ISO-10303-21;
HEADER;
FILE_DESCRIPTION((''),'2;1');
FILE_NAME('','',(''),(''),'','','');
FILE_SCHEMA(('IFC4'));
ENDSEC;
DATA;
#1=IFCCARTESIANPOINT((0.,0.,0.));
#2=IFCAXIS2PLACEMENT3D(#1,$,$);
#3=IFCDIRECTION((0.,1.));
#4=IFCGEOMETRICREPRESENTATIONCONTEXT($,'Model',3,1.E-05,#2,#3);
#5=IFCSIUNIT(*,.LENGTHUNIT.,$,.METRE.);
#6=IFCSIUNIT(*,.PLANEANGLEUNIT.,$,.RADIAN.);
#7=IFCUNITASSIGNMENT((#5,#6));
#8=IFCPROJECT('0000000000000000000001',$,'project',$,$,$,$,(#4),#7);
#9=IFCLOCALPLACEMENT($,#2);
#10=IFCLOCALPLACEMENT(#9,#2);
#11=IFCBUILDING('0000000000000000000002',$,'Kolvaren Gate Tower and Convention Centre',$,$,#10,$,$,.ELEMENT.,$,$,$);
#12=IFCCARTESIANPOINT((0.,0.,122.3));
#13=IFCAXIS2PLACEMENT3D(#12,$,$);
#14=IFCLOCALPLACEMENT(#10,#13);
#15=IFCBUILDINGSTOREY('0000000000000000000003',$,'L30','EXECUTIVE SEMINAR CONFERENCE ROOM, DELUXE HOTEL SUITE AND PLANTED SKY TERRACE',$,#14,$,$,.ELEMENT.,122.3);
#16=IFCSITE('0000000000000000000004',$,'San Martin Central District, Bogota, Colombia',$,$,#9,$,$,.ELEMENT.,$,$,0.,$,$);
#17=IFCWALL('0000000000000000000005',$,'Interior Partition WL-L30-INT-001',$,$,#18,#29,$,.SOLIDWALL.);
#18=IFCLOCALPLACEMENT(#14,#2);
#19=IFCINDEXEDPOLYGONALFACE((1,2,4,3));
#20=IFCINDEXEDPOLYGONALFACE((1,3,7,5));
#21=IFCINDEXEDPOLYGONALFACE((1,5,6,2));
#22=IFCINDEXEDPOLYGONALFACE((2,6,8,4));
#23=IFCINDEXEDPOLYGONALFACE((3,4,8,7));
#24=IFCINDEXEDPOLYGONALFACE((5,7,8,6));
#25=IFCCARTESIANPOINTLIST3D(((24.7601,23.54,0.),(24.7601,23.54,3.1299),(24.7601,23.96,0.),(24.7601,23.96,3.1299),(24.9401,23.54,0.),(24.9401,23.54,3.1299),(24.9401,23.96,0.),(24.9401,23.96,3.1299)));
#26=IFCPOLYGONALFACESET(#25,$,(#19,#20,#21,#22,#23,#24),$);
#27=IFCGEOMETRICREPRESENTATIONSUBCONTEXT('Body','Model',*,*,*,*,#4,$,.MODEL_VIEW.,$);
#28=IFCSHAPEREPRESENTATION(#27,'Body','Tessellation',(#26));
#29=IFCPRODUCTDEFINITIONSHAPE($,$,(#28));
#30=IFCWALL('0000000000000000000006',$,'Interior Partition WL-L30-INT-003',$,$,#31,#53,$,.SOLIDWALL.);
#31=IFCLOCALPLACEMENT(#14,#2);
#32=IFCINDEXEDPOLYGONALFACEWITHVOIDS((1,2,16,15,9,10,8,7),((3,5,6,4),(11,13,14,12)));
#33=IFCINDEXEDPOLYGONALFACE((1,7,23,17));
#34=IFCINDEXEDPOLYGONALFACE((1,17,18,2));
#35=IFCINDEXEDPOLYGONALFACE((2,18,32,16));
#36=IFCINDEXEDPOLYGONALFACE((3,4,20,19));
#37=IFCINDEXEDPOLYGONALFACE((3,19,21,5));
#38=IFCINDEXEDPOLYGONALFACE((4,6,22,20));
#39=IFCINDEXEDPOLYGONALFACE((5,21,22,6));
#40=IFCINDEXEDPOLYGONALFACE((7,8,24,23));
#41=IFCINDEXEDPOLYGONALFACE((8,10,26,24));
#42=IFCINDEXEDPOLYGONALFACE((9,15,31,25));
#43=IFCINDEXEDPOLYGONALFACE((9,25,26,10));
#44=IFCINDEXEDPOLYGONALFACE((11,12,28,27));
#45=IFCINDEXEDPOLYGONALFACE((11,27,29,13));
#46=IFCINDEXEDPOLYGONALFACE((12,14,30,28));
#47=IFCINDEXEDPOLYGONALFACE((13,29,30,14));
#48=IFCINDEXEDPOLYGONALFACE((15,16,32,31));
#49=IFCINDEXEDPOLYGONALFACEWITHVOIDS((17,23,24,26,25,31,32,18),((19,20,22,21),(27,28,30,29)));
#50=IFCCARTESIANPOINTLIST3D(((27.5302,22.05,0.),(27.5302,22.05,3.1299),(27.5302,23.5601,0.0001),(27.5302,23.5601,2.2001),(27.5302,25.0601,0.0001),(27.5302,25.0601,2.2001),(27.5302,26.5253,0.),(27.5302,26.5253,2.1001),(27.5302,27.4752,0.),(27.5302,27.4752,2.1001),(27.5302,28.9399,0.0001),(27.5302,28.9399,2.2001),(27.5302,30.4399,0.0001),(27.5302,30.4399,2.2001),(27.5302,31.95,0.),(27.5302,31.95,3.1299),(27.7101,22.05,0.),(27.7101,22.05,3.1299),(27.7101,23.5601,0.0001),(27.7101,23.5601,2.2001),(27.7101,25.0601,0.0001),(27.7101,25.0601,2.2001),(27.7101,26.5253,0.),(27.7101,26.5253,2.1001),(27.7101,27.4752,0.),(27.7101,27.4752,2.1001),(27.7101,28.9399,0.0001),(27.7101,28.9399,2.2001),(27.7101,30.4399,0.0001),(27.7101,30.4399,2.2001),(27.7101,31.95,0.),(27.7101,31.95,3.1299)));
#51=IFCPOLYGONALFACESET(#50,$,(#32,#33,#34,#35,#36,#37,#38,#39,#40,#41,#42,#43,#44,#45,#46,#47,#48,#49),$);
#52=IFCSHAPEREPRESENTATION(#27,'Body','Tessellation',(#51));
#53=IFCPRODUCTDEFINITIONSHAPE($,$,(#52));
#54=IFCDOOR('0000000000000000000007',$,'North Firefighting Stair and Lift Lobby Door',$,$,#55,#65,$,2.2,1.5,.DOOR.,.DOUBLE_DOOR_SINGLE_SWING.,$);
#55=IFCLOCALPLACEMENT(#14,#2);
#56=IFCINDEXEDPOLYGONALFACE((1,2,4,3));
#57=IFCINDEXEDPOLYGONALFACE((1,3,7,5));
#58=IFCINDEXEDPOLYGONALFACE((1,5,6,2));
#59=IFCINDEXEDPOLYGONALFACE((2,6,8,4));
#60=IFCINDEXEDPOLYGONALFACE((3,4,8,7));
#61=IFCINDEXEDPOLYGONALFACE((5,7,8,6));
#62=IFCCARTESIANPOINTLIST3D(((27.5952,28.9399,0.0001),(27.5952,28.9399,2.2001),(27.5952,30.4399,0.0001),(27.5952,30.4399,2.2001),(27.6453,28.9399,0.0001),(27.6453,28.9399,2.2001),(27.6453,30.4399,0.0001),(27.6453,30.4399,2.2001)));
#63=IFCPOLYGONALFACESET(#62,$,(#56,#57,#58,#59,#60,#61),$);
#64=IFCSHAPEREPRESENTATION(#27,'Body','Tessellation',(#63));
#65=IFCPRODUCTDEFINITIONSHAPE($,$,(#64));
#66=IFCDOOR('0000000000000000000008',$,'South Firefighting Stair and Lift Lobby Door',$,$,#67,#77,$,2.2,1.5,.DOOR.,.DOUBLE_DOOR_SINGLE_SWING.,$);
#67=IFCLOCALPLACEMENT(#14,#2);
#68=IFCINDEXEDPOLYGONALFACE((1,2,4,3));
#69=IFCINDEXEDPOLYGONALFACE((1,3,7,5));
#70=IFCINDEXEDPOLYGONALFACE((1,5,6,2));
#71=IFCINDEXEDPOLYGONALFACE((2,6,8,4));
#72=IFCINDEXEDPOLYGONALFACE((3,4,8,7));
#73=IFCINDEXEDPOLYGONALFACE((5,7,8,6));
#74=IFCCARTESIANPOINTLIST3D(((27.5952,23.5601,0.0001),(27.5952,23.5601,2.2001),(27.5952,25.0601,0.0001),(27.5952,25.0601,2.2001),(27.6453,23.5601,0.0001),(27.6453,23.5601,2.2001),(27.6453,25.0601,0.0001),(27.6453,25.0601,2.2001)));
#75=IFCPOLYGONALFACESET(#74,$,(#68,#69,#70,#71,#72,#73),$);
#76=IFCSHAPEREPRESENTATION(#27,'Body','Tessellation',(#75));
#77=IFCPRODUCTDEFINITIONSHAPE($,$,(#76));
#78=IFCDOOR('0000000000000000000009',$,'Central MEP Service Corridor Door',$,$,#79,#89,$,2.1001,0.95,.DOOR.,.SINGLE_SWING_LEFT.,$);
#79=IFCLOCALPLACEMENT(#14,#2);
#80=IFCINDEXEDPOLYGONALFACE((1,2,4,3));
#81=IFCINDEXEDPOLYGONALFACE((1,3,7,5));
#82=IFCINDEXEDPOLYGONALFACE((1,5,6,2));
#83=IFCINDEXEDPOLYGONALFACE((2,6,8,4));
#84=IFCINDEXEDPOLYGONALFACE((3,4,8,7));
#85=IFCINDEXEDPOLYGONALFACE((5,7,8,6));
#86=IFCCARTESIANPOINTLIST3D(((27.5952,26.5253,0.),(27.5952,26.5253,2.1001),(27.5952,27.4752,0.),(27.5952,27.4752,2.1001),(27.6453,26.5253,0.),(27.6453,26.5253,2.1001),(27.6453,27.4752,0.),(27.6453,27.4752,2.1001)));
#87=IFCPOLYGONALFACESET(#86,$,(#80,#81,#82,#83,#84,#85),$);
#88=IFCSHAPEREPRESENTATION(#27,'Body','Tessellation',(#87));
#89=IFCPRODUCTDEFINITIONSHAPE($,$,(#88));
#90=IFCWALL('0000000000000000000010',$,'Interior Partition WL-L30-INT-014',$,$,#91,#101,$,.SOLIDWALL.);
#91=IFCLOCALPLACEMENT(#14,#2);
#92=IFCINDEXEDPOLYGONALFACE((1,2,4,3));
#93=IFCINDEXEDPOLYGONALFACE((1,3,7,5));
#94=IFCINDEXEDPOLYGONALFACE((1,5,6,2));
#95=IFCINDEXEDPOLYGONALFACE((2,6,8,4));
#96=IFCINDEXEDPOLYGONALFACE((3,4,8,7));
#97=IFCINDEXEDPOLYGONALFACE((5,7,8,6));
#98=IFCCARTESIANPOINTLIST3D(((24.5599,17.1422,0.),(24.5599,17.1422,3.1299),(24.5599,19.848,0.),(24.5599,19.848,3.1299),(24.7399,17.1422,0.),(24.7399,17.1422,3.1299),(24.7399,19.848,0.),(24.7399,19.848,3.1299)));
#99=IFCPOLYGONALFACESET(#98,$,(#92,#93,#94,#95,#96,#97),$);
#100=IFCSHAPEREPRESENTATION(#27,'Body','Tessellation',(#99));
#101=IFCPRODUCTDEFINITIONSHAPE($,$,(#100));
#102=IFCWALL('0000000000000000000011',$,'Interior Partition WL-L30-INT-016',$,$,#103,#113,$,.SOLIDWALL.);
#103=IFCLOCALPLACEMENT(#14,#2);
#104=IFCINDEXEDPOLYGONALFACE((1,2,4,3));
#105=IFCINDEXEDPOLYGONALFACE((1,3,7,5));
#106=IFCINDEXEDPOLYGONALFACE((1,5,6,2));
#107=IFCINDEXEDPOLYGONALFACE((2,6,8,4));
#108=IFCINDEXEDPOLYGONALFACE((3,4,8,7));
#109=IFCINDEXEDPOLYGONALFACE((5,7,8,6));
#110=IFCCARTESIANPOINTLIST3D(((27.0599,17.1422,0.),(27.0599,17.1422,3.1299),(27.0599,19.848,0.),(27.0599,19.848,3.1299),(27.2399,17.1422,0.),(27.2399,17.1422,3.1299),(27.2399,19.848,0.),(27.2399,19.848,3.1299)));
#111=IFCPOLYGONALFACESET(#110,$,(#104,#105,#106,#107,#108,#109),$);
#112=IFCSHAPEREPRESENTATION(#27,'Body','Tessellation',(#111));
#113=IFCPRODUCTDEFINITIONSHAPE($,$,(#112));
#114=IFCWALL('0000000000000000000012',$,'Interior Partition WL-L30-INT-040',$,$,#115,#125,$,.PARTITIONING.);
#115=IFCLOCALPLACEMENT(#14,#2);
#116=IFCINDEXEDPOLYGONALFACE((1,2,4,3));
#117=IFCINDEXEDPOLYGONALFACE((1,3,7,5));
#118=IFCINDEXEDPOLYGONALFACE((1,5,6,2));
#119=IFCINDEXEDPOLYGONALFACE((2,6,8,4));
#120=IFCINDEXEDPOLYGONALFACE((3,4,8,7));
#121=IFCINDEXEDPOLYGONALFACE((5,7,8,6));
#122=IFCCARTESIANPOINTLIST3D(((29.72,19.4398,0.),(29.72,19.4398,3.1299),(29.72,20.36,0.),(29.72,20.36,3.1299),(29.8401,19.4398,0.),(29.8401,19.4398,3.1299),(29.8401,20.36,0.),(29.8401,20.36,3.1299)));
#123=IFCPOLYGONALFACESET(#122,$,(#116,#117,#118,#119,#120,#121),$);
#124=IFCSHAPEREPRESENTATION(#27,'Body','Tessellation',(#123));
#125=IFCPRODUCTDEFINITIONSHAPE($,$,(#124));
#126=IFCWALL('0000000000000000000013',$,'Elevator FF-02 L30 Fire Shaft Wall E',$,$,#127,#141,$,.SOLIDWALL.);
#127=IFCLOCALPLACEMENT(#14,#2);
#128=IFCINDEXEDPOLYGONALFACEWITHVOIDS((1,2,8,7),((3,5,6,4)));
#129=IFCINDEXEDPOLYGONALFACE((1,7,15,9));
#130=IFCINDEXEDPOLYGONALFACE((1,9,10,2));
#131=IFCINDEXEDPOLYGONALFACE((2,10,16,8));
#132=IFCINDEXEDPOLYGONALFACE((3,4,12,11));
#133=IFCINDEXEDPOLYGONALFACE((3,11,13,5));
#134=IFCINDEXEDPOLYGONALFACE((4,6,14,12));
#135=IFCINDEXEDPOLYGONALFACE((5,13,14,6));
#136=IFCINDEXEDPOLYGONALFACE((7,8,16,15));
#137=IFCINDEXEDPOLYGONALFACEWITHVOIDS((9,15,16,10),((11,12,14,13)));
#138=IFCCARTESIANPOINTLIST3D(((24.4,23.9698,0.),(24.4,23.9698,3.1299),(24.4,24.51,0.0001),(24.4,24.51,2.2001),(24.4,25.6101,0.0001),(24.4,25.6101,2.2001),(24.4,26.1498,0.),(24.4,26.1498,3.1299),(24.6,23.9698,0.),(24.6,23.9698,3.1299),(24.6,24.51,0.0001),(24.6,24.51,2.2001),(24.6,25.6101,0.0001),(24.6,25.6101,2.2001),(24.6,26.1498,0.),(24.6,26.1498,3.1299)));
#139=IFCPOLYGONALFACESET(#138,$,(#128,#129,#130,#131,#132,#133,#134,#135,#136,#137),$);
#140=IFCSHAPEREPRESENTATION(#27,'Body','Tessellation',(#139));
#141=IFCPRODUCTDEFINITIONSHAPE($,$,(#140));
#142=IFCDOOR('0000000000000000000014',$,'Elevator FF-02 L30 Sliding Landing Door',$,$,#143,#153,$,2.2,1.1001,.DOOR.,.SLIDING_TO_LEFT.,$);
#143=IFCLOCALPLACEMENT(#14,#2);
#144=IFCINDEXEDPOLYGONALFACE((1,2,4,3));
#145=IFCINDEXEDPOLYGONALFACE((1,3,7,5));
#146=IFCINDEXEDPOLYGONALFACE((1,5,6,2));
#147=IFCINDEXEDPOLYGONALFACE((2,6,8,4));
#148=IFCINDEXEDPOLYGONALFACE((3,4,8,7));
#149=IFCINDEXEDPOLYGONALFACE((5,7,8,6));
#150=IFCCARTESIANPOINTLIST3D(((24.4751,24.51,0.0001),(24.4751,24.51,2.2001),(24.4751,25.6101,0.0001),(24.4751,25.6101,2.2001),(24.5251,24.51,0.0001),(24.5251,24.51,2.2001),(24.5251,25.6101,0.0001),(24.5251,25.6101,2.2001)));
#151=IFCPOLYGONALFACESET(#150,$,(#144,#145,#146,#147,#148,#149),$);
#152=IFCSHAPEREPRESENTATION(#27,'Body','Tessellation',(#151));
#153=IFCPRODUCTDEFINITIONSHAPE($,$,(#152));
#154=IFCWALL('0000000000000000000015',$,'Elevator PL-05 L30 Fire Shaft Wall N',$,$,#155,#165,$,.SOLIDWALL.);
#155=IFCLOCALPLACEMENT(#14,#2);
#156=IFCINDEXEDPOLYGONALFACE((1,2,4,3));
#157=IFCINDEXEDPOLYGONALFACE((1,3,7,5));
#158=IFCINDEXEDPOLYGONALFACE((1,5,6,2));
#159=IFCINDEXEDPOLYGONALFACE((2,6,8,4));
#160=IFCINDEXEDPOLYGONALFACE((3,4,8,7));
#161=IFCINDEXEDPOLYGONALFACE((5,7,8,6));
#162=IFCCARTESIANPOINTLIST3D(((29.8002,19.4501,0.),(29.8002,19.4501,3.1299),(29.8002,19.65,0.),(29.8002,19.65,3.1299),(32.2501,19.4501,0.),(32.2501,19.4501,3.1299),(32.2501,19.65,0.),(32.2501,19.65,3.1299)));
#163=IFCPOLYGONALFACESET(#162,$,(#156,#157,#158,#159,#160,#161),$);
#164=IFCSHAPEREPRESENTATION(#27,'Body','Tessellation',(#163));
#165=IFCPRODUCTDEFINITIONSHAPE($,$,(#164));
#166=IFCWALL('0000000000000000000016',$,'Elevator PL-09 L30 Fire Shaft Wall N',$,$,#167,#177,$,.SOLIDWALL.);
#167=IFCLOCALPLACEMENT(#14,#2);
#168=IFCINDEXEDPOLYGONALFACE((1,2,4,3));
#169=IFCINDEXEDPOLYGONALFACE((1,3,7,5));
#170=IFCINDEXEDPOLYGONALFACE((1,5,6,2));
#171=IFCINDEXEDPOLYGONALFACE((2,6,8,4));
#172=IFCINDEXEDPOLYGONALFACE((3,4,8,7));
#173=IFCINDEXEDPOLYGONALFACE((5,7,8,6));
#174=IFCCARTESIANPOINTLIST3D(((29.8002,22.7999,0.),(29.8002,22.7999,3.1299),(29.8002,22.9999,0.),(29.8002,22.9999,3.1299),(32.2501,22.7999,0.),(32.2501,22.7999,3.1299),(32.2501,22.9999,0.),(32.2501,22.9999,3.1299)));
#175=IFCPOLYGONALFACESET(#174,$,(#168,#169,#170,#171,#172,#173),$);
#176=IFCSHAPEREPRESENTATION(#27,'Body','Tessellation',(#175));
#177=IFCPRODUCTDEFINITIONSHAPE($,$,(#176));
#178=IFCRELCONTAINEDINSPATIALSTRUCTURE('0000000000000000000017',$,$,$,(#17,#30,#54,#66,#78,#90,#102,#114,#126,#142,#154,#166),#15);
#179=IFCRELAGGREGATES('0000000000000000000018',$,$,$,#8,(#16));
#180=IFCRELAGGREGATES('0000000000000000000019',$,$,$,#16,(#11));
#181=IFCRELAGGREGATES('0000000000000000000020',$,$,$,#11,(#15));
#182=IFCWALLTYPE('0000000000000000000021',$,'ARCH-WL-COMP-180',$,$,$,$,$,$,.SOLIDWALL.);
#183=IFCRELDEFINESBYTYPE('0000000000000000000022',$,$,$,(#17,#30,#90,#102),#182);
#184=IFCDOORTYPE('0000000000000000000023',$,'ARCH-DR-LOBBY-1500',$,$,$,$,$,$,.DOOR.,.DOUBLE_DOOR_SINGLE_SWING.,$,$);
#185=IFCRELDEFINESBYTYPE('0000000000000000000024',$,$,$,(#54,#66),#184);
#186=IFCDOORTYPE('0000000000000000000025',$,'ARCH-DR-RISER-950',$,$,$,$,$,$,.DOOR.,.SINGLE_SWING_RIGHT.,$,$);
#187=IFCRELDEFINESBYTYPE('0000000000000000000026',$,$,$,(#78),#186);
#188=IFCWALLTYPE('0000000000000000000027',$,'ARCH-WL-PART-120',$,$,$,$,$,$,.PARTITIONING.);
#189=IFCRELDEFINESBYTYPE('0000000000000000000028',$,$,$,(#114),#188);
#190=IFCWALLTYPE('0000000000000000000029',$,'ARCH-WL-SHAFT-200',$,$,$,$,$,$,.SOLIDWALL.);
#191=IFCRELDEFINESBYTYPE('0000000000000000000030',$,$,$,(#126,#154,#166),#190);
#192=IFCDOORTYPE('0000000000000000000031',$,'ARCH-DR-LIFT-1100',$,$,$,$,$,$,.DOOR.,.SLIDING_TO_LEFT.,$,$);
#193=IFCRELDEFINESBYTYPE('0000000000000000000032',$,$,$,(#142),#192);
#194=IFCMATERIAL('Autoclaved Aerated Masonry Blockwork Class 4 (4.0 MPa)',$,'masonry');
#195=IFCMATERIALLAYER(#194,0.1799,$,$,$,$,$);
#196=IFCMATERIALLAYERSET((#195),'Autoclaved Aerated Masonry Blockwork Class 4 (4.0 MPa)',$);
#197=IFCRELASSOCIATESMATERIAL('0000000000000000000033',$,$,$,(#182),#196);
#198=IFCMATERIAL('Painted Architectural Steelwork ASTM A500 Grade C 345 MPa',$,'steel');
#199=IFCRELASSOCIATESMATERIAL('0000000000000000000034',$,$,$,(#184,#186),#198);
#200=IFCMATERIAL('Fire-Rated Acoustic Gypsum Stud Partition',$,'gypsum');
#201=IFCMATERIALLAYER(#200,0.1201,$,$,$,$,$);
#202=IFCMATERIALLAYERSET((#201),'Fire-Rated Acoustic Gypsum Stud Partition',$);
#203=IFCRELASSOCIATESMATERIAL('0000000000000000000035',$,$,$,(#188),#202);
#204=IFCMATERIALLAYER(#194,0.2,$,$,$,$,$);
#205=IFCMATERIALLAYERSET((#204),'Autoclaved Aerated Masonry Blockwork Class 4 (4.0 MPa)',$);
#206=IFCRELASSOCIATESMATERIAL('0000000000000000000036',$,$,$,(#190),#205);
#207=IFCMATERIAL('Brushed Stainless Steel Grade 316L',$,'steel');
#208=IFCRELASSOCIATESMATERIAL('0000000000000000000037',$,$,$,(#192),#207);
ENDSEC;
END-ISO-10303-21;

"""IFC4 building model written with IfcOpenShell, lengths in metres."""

from ifc_helpers import new_model, si_unit, direction, frame, frame_2d, origin, place, context, subcontext, project, spatial, rectangle, extrude, material, layer, layer_set, type_object, element, fill, save


model = new_model("IFC4")

# Units and contexts
model_context = context("Model", 3, precision=1e-05, world=origin(), true_north=direction((0.0, 1.0)))
body_context = subcontext(model_context, "Body", "Model", "MODEL_VIEW")
ifc_project = project(units=[si_unit("LENGTHUNIT", "METRE"), si_unit("PLANEANGLEUNIT", "RADIAN")], contexts=[model_context])

# Site, building, storey
site_placement = place(None, origin())
site = spatial("IfcSite", under=ifc_project, at=site_placement, Name="San Martin Central District, Bogota, Colombia", CompositionType="ELEMENT", RefElevation=0.0)
building_placement = place(site_placement, origin())
building = spatial("IfcBuilding", under=site, at=building_placement, Name="Kolvaren Gate Tower and Convention Centre", CompositionType="ELEMENT")
storey_placement = place(building_placement, frame((0.0, 0.0, 122.3)))
storey = spatial("IfcBuildingStorey", under=building, at=storey_placement, Name="L30", Description="EXECUTIVE SEMINAR CONFERENCE ROOM, DELUXE HOTEL SUITE AND PLANTED SKY TERRACE", CompositionType="ELEMENT", Elevation=122.3)

# Wall
ifc_material_1 = material(Name="Autoclaved Aerated Masonry Blockwork Class 4 (4.0 MPa)", Category="masonry")
ifc_layer_1 = layer(ifc_material_1, 0.1799)
ifc_layer_set_1 = layer_set([ifc_layer_1], Name="Autoclaved Aerated Masonry Blockwork Class 4 (4.0 MPa)")
wall_type_1 = type_object("IfcWallType", Name="ARCH-WL-COMP-180", PredefinedType="SOLIDWALL", material=ifc_layer_set_1)
wall_1_placement = place(storey_placement, frame((24.8501, 23.54, 0.0), z_axis=(0.0, 0.0, 1.0), x_axis=(0.0, 1.0, 0.0)))
element("IfcWall", 1, at=wall_1_placement, inside=storey, type_object=wall_type_1, Name="Interior Partition WL-L30-INT-001", PredefinedType="SOLIDWALL", context=body_context, shape_type="SweptSolid", body=[
    extrude(rectangle(XDim=0.4199, YDim=0.1799, at=frame_2d((0.21, 0.0))), origin(), (0.0, 0.0, 1.0), 3.1299),
])

# Wall, openings, doors
wall_2_placement = place(storey_placement, frame((27.6201, 22.05, 0.0), z_axis=(0.0, 0.0, 1.0), x_axis=(0.0, 1.0, 0.0)))
wall_2 = element("IfcWall", 2, at=wall_2_placement, inside=storey, type_object=wall_type_1, Name="Interior Partition WL-L30-INT-003", PredefinedType="SOLIDWALL", context=body_context, shape_type="SweptSolid", body=[
    extrude(rectangle(XDim=9.8999, YDim=0.1799, at=frame_2d((4.95, 0.0))), origin(), (0.0, 0.0, 1.0), 3.1299),
])
opening_1_placement = place(wall_2_placement, frame((4.4751, 0.0, 0.0)))
opening_1 = element("IfcOpeningElement", 3, at=opening_1_placement, cuts=wall_2, PredefinedType="OPENING", context=body_context, shape_type="SweptSolid", body=[
    extrude(rectangle(XDim=0.95, YDim=2.1001, at=frame_2d((0.4751, 1.05))), frame((0.0, 0.0999, 0.0), z_axis=(0.0, -1.0, 0.0), x_axis=(1.0, 0.0, 0.0)), (0.0, 0.0, 1.0), 0.2),
])
opening_2_placement = place(wall_2_placement, frame((6.8899, 0.0, 0.0)))
opening_2 = element("IfcOpeningElement", 4, at=opening_2_placement, cuts=wall_2, PredefinedType="OPENING", context=body_context, shape_type="SweptSolid", body=[
    extrude(rectangle(XDim=1.5, YDim=2.2, at=frame_2d((0.75, 1.1001))), frame((0.0, 0.0999, 0.0), z_axis=(0.0, -1.0, 0.0), x_axis=(1.0, 0.0, 0.0)), (0.0, 0.0, 1.0), 0.2),
])
opening_3_placement = place(wall_2_placement, frame((1.51, 0.0, 0.0)))
opening_3 = element("IfcOpeningElement", 5, at=opening_3_placement, cuts=wall_2, PredefinedType="OPENING", context=body_context, shape_type="SweptSolid", body=[
    extrude(rectangle(XDim=1.5, YDim=2.2, at=frame_2d((0.75, 1.1001))), frame((0.0, 0.0999, 0.0), z_axis=(0.0, -1.0, 0.0), x_axis=(1.0, 0.0, 0.0)), (0.0, 0.0, 1.0), 0.2),
])
ifc_material_2 = material(Name="Painted Architectural Steelwork ASTM A500 Grade C 345 MPa", Category="steel")
door_type_1 = type_object("IfcDoorType", Name="ARCH-DR-LOBBY-1500", OperationType="DOUBLE_DOOR_SINGLE_SWING", PredefinedType="DOOR", material=ifc_material_2)
door_1_placement = place(opening_2_placement, origin())
door_1 = element("IfcDoor", 6, at=door_1_placement, inside=storey, type_object=door_type_1, Name="North Firefighting Stair and Lift Lobby Door", OperationType="DOUBLE_DOOR_SINGLE_SWING", OverallHeight=2.2, OverallWidth=1.5, PredefinedType="DOOR", context=body_context, shape_type="SweptSolid", body=[
    extrude(rectangle(XDim=1.5, YDim=2.2, at=frame_2d((0.75, 1.1001))), frame((0.0, 0.0249, 0.0), z_axis=(0.0, -1.0, 0.0), x_axis=(1.0, 0.0, 0.0)), (0.0, 0.0, 1.0), 0.05),
])
fill(opening_2, door_1)
door_2_placement = place(opening_3_placement, origin())
door_2 = element("IfcDoor", 7, at=door_2_placement, inside=storey, type_object=door_type_1, Name="South Firefighting Stair and Lift Lobby Door", OperationType="DOUBLE_DOOR_SINGLE_SWING", OverallHeight=2.2, OverallWidth=1.5, PredefinedType="DOOR", context=body_context, shape_type="SweptSolid", body=[
    extrude(rectangle(XDim=1.5, YDim=2.2, at=frame_2d((0.75, 1.1001))), frame((0.0, 0.0249, 0.0), z_axis=(0.0, -1.0, 0.0), x_axis=(1.0, 0.0, 0.0)), (0.0, 0.0, 1.0), 0.05),
])
fill(opening_3, door_2)
door_type_2 = type_object("IfcDoorType", Name="ARCH-DR-RISER-950", OperationType="SINGLE_SWING_RIGHT", PredefinedType="DOOR", material=ifc_material_2)
door_3_placement = place(opening_1_placement, origin())
door_3 = element("IfcDoor", 8, at=door_3_placement, inside=storey, type_object=door_type_2, Name="Central MEP Service Corridor Door", OperationType="SINGLE_SWING_LEFT", OverallHeight=2.1001, OverallWidth=0.95, PredefinedType="DOOR", context=body_context, shape_type="SweptSolid", body=[
    extrude(rectangle(XDim=0.95, YDim=2.1001, at=frame_2d((0.4751, 1.05))), frame((0.0, 0.0249, 0.0), z_axis=(0.0, -1.0, 0.0), x_axis=(1.0, 0.0, 0.0)), (0.0, 0.0, 1.0), 0.05),
])
fill(opening_1, door_3)

# Walls
for number, where, z_axis, x_axis, name in (
    (9, (24.6499, 17.1421, 0.0), (0.0, 0.0, 1.0), (0.0, 1.0, 0.0), "Interior Partition WL-L30-INT-014"),
    (10, (27.1499, 17.1421, 0.0), (0.0, 0.0, 1.0), (0.0, 1.0, 0.0), "Interior Partition WL-L30-INT-016"),
):
    element("IfcWall", number, at=place(storey_placement, frame(where, z_axis=z_axis, x_axis=x_axis)), inside=storey, type_object=wall_type_1, Name=name, PredefinedType="SOLIDWALL", context=body_context, shape_type="SweptSolid", body=[
        extrude(rectangle(XDim=2.7058, YDim=0.1799, at=frame_2d((1.353, 0.0))), origin(), (0.0, 0.0, 1.0), 3.1299),
    ])
ifc_material_3 = material(Name="Fire-Rated Acoustic Gypsum Stud Partition", Category="gypsum")
ifc_layer_2 = layer(ifc_material_3, 0.1201)
ifc_layer_set_2 = layer_set([ifc_layer_2], Name="Fire-Rated Acoustic Gypsum Stud Partition")
wall_type_2 = type_object("IfcWallType", Name="ARCH-WL-PART-120", PredefinedType="PARTITIONING", material=ifc_layer_set_2)
wall_3_placement = place(storey_placement, frame((29.78, 19.4399, 0.0), z_axis=(0.0, 0.0, 1.0), x_axis=(0.0, 1.0, 0.0)))
element("IfcWall", 11, at=wall_3_placement, inside=storey, type_object=wall_type_2, Name="Interior Partition WL-L30-INT-040", PredefinedType="PARTITIONING", context=body_context, shape_type="SweptSolid", body=[
    extrude(rectangle(XDim=0.9202, YDim=0.1201, at=frame_2d((0.46, 0.0))), origin(), (0.0, 0.0, 1.0), 3.1299),
])

# Wall, opening, door
ifc_layer_3 = layer(ifc_material_1, 0.2)
ifc_layer_set_3 = layer_set([ifc_layer_3], Name="Autoclaved Aerated Masonry Blockwork Class 4 (4.0 MPa)")
wall_type_3 = type_object("IfcWallType", Name="ARCH-WL-SHAFT-200", PredefinedType="SOLIDWALL", material=ifc_layer_set_3)
wall_4_placement = place(storey_placement, frame((24.5, 23.97, 0.0), z_axis=(0.0, 0.0, 1.0), x_axis=(0.0, 1.0, 0.0)))
wall_4 = element("IfcWall", 12, at=wall_4_placement, inside=storey, type_object=wall_type_3, Name="Elevator FF-02 L30 Fire Shaft Wall E", PredefinedType="SOLIDWALL", context=body_context, shape_type="SweptSolid", body=[
    extrude(rectangle(XDim=2.1799, YDim=0.2, at=frame_2d((1.0898, 0.0))), origin(), (0.0, 0.0, 1.0), 3.1299),
])
opening_4_placement = place(wall_4_placement, frame((0.54, 0.0, 0.0)))
opening_4 = element("IfcOpeningElement", 13, at=opening_4_placement, cuts=wall_4, PredefinedType="OPENING", context=body_context, shape_type="SweptSolid", body=[
    extrude(rectangle(XDim=1.1001, YDim=2.2, at=frame_2d((0.55, 1.1001))), frame((0.0, 0.1099, 0.0), z_axis=(0.0, -1.0, 0.0), x_axis=(1.0, 0.0, 0.0)), (0.0, 0.0, 1.0), 0.22),
])
ifc_material_4 = material(Name="Brushed Stainless Steel Grade 316L", Category="steel")
door_type_3 = type_object("IfcDoorType", Name="ARCH-DR-LIFT-1100", OperationType="SLIDING_TO_LEFT", PredefinedType="DOOR", material=ifc_material_4)
door_4_placement = place(opening_4_placement, origin())
door_4 = element("IfcDoor", 14, at=door_4_placement, inside=storey, type_object=door_type_3, Name="Elevator FF-02 L30 Sliding Landing Door", OperationType="SLIDING_TO_LEFT", OverallHeight=2.2, OverallWidth=1.1001, PredefinedType="DOOR", context=body_context, shape_type="SweptSolid", body=[
    extrude(rectangle(XDim=1.1001, YDim=2.2, at=frame_2d((0.55, 1.1001))), frame((0.0, 0.0249, 0.0), z_axis=(0.0, -1.0, 0.0), x_axis=(1.0, 0.0, 0.0)), (0.0, 0.0, 1.0), 0.05),
])
fill(opening_4, door_4)

# Walls
for number, where, z_axis, x_axis, name in (
    (15, (29.8, 19.55, 0.0), (0.0, 0.0, 1.0), (1.0, 0.0, 0.0), "Elevator PL-05 L30 Fire Shaft Wall N"),
    (16, (29.8, 22.8999, 0.0), (0.0, 0.0, 1.0), (1.0, 0.0, 0.0), "Elevator PL-09 L30 Fire Shaft Wall N"),
):
    element("IfcWall", number, at=place(storey_placement, frame(where, z_axis=z_axis, x_axis=x_axis)), inside=storey, type_object=wall_type_3, Name=name, PredefinedType="SOLIDWALL", context=body_context, shape_type="SweptSolid", body=[
        extrude(rectangle(XDim=2.45, YDim=0.2, at=frame_2d((1.2251, 0.0))), origin(), (0.0, 0.0, 1.0), 3.1299),
    ])

save(model, "model.ifc")
